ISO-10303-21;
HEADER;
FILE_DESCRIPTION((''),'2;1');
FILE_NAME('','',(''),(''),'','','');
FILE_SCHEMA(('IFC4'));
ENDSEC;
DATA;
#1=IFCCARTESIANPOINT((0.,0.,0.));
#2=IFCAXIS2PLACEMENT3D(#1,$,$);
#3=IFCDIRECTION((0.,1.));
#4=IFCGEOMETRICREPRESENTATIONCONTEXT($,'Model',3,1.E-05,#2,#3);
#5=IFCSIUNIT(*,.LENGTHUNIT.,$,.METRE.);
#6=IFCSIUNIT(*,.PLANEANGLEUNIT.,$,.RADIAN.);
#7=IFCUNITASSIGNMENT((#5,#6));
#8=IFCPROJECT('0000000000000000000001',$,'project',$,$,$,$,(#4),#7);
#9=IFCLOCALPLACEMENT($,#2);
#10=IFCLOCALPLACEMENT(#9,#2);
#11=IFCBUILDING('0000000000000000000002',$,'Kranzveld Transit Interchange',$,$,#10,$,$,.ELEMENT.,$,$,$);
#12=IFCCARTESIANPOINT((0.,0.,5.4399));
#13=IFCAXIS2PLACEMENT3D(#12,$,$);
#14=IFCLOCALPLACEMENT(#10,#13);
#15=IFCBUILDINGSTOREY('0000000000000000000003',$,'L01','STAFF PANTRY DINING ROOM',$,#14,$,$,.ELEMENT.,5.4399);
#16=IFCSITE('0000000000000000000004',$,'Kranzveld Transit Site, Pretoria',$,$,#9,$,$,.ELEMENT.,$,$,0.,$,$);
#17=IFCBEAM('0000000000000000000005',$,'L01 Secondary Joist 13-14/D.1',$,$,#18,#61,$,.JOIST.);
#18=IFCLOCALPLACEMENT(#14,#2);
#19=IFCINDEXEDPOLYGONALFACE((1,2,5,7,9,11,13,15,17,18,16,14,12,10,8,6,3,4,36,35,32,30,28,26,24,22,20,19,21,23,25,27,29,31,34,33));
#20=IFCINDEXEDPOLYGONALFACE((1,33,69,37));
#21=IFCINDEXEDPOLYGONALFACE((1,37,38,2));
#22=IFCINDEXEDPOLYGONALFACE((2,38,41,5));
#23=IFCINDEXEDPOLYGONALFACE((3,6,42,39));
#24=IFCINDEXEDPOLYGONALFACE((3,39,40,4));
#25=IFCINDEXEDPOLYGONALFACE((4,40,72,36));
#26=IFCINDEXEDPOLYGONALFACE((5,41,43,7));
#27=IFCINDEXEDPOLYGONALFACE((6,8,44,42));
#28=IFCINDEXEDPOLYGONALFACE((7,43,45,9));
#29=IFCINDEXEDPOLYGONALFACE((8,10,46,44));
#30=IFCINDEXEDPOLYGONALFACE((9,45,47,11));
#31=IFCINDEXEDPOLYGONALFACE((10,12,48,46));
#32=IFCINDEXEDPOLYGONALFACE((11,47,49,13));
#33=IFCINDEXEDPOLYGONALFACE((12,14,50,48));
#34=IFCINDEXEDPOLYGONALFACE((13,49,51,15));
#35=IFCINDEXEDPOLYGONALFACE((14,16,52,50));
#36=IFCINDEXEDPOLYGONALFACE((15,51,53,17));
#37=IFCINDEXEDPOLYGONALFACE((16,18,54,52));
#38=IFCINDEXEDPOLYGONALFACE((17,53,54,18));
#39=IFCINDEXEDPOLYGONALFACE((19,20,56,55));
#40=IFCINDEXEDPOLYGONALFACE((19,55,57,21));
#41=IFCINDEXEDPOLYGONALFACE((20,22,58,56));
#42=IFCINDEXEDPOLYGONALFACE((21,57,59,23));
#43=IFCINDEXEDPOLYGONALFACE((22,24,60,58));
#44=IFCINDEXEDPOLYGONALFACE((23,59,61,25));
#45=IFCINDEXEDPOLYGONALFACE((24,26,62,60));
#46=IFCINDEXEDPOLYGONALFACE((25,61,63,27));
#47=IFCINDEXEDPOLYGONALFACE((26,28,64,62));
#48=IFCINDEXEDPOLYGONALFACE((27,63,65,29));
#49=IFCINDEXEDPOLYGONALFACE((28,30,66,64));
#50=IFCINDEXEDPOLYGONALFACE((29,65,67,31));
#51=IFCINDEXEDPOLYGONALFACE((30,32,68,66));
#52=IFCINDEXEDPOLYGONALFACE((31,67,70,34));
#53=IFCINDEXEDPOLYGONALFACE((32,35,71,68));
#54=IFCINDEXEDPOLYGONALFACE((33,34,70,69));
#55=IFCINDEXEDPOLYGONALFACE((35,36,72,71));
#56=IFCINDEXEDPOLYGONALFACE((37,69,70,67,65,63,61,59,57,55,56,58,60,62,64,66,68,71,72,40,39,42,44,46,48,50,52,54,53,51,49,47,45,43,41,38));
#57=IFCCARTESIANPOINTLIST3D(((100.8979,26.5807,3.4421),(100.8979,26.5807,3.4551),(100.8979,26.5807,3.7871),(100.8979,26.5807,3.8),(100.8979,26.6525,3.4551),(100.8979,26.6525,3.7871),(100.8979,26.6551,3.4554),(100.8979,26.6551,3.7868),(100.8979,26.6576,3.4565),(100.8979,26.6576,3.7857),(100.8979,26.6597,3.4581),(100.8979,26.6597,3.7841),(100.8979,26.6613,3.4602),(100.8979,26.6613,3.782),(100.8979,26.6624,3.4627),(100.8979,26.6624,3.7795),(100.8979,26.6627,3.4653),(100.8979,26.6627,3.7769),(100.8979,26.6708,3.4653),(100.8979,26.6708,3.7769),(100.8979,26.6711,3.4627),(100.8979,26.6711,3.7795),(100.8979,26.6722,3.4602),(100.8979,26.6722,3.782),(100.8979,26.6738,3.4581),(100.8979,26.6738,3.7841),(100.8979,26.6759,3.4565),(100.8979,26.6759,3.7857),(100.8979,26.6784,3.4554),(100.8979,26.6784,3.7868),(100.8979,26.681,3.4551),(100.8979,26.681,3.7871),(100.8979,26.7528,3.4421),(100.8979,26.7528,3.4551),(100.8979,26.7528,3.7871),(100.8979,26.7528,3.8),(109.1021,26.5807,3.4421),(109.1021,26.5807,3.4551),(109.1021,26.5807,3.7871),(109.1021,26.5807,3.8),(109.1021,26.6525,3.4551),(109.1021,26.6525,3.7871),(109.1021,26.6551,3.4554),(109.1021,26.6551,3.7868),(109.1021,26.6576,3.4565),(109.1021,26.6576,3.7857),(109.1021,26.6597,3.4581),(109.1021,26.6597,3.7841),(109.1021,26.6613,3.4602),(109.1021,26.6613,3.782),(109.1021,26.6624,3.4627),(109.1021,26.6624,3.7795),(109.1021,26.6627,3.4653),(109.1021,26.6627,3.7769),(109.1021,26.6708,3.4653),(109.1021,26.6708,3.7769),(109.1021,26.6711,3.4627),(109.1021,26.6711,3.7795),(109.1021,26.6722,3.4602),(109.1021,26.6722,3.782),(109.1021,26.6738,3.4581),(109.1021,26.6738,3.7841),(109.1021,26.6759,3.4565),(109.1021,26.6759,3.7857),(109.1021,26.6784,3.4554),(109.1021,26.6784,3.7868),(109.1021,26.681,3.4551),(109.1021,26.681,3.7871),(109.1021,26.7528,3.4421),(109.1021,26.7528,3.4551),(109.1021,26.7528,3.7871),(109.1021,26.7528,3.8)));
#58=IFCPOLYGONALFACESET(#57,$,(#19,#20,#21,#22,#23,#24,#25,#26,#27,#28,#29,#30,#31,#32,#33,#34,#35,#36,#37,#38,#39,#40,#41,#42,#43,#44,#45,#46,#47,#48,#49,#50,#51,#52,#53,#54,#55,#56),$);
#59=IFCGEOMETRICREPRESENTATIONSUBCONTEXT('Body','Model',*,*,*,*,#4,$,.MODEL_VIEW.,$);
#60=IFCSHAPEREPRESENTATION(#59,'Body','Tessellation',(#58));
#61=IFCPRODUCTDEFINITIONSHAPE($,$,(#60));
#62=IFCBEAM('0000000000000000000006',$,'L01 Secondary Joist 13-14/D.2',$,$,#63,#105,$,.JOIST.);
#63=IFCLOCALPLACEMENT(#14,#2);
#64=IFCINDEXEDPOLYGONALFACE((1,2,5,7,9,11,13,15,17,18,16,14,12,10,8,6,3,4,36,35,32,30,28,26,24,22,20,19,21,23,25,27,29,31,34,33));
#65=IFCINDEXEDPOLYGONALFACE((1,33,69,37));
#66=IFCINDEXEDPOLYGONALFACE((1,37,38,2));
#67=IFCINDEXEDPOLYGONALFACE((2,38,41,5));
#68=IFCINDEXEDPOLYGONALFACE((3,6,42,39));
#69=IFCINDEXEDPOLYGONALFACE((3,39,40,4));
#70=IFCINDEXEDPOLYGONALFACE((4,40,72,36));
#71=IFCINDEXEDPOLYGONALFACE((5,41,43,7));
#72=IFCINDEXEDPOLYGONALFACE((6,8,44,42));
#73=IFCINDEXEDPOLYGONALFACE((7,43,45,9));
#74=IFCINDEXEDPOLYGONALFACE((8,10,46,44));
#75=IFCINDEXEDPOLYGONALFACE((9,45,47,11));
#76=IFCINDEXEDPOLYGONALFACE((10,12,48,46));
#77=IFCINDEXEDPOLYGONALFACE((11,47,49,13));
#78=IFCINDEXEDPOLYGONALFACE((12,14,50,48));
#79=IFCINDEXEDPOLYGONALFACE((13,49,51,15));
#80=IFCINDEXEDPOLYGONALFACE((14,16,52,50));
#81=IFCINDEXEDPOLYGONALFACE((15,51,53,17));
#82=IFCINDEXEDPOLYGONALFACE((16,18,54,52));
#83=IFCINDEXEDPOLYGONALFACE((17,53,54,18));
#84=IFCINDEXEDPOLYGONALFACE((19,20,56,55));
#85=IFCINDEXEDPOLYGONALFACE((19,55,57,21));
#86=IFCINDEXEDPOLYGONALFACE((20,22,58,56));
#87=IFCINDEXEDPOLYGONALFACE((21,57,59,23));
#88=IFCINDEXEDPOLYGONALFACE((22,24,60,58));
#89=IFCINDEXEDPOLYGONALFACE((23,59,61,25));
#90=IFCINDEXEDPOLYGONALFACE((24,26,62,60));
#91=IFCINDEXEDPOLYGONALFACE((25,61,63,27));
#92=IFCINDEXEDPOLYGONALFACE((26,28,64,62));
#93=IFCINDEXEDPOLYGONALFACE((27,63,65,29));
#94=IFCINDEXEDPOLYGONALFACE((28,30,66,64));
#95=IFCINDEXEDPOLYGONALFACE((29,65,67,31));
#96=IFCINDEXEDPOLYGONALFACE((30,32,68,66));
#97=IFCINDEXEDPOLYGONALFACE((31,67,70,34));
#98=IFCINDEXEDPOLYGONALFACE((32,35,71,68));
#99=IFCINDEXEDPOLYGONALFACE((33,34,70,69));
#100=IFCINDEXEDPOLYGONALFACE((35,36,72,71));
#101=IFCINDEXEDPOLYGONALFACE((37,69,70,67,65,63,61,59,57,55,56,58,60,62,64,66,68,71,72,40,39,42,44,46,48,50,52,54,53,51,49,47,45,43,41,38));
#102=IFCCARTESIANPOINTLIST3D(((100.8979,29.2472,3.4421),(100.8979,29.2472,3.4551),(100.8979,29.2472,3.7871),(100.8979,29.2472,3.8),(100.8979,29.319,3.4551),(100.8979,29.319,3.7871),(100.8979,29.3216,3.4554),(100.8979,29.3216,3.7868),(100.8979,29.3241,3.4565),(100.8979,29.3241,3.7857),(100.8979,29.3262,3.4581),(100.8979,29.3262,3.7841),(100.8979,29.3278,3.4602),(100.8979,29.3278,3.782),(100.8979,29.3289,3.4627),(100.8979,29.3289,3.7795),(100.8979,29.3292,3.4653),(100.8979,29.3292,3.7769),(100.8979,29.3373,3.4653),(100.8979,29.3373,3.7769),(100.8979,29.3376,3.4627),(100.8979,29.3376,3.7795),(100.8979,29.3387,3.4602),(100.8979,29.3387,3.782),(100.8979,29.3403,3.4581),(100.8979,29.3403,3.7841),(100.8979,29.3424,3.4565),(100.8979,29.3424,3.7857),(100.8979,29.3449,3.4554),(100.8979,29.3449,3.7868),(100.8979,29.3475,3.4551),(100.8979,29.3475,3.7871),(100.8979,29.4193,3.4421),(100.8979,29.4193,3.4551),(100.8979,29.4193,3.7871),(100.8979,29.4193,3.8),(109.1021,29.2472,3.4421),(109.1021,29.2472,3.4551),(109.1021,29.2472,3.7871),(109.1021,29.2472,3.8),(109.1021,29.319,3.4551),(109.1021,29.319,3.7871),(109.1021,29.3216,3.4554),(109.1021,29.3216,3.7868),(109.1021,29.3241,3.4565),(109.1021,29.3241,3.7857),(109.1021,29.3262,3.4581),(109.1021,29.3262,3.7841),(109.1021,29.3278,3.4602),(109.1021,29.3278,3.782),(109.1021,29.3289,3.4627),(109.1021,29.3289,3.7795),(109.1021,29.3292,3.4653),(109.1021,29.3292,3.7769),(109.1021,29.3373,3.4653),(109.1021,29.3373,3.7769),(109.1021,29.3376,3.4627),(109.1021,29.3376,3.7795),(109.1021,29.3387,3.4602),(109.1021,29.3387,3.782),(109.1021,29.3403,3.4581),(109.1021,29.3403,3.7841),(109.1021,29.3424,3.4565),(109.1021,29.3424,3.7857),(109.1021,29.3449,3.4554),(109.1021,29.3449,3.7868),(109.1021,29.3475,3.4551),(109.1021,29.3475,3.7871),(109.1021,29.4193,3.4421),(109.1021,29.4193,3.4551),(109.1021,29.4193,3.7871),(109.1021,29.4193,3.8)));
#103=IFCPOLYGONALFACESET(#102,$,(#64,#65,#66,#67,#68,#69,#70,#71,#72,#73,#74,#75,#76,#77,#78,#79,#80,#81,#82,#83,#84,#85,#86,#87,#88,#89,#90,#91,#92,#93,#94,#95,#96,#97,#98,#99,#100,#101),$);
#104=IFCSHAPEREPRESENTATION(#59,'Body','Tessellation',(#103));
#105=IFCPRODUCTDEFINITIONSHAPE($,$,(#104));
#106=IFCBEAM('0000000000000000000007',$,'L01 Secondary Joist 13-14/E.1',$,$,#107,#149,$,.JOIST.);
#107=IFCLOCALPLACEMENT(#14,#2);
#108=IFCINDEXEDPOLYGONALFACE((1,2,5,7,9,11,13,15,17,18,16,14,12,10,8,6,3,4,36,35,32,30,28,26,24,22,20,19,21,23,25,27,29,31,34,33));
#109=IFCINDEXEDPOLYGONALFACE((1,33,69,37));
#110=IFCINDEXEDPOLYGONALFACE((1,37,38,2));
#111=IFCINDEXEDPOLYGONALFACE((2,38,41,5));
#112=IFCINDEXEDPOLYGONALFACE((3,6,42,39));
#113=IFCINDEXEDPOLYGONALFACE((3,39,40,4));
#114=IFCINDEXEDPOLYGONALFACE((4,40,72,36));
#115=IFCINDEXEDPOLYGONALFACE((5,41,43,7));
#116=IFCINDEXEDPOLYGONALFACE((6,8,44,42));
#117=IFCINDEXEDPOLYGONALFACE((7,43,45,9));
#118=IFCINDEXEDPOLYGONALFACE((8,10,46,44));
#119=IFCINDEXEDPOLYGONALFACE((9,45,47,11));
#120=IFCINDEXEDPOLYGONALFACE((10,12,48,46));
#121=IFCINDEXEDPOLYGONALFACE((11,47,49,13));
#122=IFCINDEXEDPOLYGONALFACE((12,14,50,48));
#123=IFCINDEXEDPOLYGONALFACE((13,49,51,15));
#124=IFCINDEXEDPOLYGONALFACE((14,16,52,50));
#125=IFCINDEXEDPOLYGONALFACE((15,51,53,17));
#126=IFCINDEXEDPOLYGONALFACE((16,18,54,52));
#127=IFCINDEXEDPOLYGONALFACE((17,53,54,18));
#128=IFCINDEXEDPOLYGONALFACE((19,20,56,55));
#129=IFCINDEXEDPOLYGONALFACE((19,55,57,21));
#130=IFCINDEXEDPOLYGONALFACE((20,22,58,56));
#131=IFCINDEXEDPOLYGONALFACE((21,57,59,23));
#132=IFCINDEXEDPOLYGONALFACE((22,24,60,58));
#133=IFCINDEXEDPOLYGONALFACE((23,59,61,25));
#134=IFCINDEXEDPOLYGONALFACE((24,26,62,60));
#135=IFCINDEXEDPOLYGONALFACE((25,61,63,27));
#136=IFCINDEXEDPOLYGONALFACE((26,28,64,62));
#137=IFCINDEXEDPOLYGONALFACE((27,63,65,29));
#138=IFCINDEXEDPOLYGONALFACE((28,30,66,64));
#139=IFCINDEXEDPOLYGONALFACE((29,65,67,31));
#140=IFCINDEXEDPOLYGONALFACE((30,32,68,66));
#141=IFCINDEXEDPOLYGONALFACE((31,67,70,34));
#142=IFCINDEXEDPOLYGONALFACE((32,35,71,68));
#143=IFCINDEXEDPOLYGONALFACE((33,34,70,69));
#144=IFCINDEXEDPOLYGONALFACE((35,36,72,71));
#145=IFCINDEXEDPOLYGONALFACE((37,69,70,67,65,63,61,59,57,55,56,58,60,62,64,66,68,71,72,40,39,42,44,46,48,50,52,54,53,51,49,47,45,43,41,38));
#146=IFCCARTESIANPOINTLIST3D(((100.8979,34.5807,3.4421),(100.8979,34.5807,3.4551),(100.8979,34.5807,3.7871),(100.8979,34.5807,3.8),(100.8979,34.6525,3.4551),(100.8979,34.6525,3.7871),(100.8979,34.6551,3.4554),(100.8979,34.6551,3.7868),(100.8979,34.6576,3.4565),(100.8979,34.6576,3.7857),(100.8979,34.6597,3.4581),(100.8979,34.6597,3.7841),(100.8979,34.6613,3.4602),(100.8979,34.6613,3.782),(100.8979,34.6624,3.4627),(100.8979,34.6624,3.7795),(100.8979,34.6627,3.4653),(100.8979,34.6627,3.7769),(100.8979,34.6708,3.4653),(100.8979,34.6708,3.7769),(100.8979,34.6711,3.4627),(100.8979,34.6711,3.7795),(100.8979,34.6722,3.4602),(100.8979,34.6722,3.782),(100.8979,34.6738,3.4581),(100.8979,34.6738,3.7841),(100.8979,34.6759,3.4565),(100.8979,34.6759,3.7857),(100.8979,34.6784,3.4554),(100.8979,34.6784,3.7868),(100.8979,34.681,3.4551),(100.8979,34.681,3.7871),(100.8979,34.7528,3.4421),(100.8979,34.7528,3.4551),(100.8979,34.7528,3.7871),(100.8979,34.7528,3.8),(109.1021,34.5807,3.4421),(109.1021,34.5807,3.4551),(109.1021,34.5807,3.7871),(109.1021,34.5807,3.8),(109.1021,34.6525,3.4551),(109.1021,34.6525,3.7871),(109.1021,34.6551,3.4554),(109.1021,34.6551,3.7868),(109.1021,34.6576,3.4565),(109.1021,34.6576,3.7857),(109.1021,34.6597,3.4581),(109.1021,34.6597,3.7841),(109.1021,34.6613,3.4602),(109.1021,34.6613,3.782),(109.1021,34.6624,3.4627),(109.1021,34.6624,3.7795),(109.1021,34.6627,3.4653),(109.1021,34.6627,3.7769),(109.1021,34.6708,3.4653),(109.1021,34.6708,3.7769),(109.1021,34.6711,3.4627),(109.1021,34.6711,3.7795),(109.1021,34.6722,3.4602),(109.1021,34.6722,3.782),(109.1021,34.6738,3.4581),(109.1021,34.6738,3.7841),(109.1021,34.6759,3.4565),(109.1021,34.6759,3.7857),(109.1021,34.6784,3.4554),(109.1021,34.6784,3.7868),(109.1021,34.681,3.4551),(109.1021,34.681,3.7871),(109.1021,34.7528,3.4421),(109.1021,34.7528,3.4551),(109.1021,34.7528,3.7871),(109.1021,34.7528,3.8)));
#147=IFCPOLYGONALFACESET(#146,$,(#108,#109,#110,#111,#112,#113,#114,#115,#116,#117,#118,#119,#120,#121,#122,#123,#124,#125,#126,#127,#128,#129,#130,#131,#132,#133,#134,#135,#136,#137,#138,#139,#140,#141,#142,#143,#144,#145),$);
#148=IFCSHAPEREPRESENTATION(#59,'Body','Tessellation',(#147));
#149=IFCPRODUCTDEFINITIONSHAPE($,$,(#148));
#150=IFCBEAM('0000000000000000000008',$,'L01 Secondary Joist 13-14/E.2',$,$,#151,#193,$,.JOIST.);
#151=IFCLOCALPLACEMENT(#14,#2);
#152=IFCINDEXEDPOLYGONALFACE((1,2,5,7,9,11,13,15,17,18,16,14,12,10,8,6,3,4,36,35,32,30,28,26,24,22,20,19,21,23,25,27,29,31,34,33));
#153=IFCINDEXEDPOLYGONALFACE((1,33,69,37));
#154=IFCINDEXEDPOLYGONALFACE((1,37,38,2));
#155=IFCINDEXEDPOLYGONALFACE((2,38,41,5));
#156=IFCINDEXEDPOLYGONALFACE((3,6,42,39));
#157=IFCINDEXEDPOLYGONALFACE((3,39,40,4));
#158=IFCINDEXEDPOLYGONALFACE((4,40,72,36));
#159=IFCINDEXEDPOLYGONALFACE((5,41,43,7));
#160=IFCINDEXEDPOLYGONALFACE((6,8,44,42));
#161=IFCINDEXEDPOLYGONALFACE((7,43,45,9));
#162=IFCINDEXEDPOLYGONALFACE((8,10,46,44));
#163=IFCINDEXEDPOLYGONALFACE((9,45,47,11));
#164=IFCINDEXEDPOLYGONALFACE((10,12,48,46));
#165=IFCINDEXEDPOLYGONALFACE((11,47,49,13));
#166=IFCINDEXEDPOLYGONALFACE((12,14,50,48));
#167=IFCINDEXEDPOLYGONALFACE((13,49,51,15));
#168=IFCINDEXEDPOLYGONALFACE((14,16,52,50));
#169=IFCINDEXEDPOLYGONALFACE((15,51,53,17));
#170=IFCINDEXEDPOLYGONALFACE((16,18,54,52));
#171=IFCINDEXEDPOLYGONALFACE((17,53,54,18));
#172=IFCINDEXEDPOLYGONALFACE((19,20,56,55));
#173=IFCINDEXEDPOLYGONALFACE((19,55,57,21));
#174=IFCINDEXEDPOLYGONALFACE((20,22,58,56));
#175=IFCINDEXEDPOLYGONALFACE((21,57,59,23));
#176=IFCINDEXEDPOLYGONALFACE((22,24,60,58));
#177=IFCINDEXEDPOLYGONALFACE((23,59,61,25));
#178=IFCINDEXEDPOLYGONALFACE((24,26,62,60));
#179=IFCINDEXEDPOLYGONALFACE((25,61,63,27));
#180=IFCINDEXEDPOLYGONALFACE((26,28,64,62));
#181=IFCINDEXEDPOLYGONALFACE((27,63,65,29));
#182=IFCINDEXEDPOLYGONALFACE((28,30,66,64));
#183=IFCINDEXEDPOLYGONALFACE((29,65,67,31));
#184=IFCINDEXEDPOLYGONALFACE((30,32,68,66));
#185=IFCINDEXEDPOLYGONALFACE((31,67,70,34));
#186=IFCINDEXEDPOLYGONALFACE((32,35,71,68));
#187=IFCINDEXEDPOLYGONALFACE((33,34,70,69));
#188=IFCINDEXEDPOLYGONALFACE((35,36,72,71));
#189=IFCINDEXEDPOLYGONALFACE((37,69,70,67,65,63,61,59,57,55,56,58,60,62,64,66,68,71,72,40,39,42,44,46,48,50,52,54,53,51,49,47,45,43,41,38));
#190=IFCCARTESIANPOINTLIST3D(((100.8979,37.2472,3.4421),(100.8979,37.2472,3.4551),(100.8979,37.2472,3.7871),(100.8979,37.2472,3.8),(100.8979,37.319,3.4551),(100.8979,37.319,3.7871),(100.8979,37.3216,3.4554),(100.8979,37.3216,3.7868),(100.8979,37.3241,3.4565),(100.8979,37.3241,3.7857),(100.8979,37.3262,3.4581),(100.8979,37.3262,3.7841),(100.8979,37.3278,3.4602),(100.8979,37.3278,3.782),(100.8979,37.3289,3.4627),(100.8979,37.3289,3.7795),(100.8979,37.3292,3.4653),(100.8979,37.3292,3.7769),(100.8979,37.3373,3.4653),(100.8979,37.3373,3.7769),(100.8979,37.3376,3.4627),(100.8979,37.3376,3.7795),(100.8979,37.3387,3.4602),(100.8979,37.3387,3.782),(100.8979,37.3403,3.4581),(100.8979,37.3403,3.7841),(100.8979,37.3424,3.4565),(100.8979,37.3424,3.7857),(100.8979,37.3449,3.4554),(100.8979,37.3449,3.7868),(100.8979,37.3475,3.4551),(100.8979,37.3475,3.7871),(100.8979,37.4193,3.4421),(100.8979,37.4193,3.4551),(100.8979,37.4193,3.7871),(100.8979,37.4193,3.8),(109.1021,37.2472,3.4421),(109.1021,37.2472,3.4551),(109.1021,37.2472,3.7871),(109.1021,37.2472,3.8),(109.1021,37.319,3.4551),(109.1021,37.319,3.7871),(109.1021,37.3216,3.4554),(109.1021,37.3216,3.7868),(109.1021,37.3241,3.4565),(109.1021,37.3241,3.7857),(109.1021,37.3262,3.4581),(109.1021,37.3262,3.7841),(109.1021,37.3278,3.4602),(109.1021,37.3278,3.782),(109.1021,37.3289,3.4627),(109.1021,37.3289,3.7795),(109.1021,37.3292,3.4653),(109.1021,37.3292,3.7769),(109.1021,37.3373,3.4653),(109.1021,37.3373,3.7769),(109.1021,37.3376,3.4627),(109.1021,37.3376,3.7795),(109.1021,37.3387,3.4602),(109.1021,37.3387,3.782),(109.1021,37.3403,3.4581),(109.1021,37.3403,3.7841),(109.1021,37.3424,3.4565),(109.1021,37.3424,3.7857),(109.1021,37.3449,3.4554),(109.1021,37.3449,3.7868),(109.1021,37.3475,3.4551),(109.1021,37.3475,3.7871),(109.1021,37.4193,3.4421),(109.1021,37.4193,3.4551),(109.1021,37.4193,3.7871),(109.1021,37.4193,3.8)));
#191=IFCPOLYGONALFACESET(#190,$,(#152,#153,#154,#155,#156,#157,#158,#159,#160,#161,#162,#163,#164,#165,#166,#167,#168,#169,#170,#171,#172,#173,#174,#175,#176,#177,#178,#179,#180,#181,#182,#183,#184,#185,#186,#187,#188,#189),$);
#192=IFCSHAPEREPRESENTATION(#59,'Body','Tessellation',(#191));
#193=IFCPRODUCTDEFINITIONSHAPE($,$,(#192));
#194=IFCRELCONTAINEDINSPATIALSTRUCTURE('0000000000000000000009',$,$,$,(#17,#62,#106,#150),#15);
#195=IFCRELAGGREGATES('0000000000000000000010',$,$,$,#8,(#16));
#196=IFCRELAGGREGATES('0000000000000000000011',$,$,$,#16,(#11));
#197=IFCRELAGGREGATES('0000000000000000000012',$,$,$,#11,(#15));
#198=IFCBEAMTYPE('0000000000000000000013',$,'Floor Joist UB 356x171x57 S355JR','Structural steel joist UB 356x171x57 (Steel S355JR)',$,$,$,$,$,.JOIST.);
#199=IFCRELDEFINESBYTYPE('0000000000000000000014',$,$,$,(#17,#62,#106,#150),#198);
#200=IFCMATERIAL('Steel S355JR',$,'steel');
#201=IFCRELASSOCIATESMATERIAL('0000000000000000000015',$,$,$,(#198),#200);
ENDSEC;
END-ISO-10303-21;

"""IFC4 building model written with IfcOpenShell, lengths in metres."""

from ifc_helpers import new_model, si_unit, direction, frame, origin, origin_2d, place, context, subcontext, project, spatial, i_section, extrude, material, material_profile, profile_set, type_object, element, save


model = new_model("IFC4")

# Units and contexts
model_context = context("Model", 3, precision=1e-05, world=origin(), true_north=direction((0.0, 1.0)))
body_context = subcontext(model_context, "Body", "Model", "MODEL_VIEW")
ifc_project = project(units=[si_unit("LENGTHUNIT", "METRE"), si_unit("PLANEANGLEUNIT", "RADIAN")], contexts=[model_context])

# Site, building, storey
site_placement = place(None, origin())
site = spatial("IfcSite", under=ifc_project, at=site_placement, Name="Kranzveld Transit Site, Pretoria", CompositionType="ELEMENT", RefElevation=0.0)
building_placement = place(site_placement, origin())
building = spatial("IfcBuilding", under=site, at=building_placement, Name="Kranzveld Transit Interchange", CompositionType="ELEMENT")
storey_placement = place(building_placement, frame((0.0, 0.0, 5.4399)))
storey = spatial("IfcBuildingStorey", under=building, at=storey_placement, Name="L01", Description="STAFF PANTRY DINING ROOM", CompositionType="ELEMENT", Elevation=5.4399)

# Beams
ifc_material_1 = material(Name="Steel S355JR", Category="steel")
ifc_material_profile_1 = material_profile(ifc_material_1, i_section(OverallWidth=0.1721, OverallDepth=0.3579, WebThickness=0.0081, FlangeThickness=0.0129, FilletRadius=0.0103, at=origin_2d()), Name="UB 356x171x57")
ifc_profile_set_1 = profile_set([ifc_material_profile_1], Name="Steel S355JR")
beam_type_1 = type_object("IfcBeamType", Name="Floor Joist UB 356x171x57 S355JR", Description="Structural steel joist UB 356x171x57 (Steel S355JR)", PredefinedType="JOIST", material=ifc_profile_set_1)
for number, where, z_axis, x_axis, name in (
    (1, (100.8979, 26.6667, 3.6211), (1.0, 0.0, 0.0), (0.0, 1.0, 0.0), "L01 Secondary Joist 13-14/D.1"),
    (2, (100.8979, 29.3333, 3.6211), (1.0, 0.0, 0.0), (0.0, 1.0, 0.0), "L01 Secondary Joist 13-14/D.2"),
    (3, (100.8979, 34.6667, 3.6211), (1.0, 0.0, 0.0), (0.0, 1.0, 0.0), "L01 Secondary Joist 13-14/E.1"),
    (4, (100.8979, 37.3333, 3.6211), (1.0, 0.0, 0.0), (0.0, 1.0, 0.0), "L01 Secondary Joist 13-14/E.2"),
):
    element("IfcBeam", number, at=place(storey_placement, frame(where, z_axis=z_axis, x_axis=x_axis)), inside=storey, type_object=beam_type_1, Name=name, PredefinedType="JOIST", context=body_context, shape_type="SweptSolid", body=[
        extrude(i_section(OverallWidth=0.1721, OverallDepth=0.3579, WebThickness=0.0081, FlangeThickness=0.0129, FilletRadius=0.0103, at=origin_2d()), origin(), (0.0, 0.0, 1.0), 8.2041),
    ])

save(model, "model.ifc")
